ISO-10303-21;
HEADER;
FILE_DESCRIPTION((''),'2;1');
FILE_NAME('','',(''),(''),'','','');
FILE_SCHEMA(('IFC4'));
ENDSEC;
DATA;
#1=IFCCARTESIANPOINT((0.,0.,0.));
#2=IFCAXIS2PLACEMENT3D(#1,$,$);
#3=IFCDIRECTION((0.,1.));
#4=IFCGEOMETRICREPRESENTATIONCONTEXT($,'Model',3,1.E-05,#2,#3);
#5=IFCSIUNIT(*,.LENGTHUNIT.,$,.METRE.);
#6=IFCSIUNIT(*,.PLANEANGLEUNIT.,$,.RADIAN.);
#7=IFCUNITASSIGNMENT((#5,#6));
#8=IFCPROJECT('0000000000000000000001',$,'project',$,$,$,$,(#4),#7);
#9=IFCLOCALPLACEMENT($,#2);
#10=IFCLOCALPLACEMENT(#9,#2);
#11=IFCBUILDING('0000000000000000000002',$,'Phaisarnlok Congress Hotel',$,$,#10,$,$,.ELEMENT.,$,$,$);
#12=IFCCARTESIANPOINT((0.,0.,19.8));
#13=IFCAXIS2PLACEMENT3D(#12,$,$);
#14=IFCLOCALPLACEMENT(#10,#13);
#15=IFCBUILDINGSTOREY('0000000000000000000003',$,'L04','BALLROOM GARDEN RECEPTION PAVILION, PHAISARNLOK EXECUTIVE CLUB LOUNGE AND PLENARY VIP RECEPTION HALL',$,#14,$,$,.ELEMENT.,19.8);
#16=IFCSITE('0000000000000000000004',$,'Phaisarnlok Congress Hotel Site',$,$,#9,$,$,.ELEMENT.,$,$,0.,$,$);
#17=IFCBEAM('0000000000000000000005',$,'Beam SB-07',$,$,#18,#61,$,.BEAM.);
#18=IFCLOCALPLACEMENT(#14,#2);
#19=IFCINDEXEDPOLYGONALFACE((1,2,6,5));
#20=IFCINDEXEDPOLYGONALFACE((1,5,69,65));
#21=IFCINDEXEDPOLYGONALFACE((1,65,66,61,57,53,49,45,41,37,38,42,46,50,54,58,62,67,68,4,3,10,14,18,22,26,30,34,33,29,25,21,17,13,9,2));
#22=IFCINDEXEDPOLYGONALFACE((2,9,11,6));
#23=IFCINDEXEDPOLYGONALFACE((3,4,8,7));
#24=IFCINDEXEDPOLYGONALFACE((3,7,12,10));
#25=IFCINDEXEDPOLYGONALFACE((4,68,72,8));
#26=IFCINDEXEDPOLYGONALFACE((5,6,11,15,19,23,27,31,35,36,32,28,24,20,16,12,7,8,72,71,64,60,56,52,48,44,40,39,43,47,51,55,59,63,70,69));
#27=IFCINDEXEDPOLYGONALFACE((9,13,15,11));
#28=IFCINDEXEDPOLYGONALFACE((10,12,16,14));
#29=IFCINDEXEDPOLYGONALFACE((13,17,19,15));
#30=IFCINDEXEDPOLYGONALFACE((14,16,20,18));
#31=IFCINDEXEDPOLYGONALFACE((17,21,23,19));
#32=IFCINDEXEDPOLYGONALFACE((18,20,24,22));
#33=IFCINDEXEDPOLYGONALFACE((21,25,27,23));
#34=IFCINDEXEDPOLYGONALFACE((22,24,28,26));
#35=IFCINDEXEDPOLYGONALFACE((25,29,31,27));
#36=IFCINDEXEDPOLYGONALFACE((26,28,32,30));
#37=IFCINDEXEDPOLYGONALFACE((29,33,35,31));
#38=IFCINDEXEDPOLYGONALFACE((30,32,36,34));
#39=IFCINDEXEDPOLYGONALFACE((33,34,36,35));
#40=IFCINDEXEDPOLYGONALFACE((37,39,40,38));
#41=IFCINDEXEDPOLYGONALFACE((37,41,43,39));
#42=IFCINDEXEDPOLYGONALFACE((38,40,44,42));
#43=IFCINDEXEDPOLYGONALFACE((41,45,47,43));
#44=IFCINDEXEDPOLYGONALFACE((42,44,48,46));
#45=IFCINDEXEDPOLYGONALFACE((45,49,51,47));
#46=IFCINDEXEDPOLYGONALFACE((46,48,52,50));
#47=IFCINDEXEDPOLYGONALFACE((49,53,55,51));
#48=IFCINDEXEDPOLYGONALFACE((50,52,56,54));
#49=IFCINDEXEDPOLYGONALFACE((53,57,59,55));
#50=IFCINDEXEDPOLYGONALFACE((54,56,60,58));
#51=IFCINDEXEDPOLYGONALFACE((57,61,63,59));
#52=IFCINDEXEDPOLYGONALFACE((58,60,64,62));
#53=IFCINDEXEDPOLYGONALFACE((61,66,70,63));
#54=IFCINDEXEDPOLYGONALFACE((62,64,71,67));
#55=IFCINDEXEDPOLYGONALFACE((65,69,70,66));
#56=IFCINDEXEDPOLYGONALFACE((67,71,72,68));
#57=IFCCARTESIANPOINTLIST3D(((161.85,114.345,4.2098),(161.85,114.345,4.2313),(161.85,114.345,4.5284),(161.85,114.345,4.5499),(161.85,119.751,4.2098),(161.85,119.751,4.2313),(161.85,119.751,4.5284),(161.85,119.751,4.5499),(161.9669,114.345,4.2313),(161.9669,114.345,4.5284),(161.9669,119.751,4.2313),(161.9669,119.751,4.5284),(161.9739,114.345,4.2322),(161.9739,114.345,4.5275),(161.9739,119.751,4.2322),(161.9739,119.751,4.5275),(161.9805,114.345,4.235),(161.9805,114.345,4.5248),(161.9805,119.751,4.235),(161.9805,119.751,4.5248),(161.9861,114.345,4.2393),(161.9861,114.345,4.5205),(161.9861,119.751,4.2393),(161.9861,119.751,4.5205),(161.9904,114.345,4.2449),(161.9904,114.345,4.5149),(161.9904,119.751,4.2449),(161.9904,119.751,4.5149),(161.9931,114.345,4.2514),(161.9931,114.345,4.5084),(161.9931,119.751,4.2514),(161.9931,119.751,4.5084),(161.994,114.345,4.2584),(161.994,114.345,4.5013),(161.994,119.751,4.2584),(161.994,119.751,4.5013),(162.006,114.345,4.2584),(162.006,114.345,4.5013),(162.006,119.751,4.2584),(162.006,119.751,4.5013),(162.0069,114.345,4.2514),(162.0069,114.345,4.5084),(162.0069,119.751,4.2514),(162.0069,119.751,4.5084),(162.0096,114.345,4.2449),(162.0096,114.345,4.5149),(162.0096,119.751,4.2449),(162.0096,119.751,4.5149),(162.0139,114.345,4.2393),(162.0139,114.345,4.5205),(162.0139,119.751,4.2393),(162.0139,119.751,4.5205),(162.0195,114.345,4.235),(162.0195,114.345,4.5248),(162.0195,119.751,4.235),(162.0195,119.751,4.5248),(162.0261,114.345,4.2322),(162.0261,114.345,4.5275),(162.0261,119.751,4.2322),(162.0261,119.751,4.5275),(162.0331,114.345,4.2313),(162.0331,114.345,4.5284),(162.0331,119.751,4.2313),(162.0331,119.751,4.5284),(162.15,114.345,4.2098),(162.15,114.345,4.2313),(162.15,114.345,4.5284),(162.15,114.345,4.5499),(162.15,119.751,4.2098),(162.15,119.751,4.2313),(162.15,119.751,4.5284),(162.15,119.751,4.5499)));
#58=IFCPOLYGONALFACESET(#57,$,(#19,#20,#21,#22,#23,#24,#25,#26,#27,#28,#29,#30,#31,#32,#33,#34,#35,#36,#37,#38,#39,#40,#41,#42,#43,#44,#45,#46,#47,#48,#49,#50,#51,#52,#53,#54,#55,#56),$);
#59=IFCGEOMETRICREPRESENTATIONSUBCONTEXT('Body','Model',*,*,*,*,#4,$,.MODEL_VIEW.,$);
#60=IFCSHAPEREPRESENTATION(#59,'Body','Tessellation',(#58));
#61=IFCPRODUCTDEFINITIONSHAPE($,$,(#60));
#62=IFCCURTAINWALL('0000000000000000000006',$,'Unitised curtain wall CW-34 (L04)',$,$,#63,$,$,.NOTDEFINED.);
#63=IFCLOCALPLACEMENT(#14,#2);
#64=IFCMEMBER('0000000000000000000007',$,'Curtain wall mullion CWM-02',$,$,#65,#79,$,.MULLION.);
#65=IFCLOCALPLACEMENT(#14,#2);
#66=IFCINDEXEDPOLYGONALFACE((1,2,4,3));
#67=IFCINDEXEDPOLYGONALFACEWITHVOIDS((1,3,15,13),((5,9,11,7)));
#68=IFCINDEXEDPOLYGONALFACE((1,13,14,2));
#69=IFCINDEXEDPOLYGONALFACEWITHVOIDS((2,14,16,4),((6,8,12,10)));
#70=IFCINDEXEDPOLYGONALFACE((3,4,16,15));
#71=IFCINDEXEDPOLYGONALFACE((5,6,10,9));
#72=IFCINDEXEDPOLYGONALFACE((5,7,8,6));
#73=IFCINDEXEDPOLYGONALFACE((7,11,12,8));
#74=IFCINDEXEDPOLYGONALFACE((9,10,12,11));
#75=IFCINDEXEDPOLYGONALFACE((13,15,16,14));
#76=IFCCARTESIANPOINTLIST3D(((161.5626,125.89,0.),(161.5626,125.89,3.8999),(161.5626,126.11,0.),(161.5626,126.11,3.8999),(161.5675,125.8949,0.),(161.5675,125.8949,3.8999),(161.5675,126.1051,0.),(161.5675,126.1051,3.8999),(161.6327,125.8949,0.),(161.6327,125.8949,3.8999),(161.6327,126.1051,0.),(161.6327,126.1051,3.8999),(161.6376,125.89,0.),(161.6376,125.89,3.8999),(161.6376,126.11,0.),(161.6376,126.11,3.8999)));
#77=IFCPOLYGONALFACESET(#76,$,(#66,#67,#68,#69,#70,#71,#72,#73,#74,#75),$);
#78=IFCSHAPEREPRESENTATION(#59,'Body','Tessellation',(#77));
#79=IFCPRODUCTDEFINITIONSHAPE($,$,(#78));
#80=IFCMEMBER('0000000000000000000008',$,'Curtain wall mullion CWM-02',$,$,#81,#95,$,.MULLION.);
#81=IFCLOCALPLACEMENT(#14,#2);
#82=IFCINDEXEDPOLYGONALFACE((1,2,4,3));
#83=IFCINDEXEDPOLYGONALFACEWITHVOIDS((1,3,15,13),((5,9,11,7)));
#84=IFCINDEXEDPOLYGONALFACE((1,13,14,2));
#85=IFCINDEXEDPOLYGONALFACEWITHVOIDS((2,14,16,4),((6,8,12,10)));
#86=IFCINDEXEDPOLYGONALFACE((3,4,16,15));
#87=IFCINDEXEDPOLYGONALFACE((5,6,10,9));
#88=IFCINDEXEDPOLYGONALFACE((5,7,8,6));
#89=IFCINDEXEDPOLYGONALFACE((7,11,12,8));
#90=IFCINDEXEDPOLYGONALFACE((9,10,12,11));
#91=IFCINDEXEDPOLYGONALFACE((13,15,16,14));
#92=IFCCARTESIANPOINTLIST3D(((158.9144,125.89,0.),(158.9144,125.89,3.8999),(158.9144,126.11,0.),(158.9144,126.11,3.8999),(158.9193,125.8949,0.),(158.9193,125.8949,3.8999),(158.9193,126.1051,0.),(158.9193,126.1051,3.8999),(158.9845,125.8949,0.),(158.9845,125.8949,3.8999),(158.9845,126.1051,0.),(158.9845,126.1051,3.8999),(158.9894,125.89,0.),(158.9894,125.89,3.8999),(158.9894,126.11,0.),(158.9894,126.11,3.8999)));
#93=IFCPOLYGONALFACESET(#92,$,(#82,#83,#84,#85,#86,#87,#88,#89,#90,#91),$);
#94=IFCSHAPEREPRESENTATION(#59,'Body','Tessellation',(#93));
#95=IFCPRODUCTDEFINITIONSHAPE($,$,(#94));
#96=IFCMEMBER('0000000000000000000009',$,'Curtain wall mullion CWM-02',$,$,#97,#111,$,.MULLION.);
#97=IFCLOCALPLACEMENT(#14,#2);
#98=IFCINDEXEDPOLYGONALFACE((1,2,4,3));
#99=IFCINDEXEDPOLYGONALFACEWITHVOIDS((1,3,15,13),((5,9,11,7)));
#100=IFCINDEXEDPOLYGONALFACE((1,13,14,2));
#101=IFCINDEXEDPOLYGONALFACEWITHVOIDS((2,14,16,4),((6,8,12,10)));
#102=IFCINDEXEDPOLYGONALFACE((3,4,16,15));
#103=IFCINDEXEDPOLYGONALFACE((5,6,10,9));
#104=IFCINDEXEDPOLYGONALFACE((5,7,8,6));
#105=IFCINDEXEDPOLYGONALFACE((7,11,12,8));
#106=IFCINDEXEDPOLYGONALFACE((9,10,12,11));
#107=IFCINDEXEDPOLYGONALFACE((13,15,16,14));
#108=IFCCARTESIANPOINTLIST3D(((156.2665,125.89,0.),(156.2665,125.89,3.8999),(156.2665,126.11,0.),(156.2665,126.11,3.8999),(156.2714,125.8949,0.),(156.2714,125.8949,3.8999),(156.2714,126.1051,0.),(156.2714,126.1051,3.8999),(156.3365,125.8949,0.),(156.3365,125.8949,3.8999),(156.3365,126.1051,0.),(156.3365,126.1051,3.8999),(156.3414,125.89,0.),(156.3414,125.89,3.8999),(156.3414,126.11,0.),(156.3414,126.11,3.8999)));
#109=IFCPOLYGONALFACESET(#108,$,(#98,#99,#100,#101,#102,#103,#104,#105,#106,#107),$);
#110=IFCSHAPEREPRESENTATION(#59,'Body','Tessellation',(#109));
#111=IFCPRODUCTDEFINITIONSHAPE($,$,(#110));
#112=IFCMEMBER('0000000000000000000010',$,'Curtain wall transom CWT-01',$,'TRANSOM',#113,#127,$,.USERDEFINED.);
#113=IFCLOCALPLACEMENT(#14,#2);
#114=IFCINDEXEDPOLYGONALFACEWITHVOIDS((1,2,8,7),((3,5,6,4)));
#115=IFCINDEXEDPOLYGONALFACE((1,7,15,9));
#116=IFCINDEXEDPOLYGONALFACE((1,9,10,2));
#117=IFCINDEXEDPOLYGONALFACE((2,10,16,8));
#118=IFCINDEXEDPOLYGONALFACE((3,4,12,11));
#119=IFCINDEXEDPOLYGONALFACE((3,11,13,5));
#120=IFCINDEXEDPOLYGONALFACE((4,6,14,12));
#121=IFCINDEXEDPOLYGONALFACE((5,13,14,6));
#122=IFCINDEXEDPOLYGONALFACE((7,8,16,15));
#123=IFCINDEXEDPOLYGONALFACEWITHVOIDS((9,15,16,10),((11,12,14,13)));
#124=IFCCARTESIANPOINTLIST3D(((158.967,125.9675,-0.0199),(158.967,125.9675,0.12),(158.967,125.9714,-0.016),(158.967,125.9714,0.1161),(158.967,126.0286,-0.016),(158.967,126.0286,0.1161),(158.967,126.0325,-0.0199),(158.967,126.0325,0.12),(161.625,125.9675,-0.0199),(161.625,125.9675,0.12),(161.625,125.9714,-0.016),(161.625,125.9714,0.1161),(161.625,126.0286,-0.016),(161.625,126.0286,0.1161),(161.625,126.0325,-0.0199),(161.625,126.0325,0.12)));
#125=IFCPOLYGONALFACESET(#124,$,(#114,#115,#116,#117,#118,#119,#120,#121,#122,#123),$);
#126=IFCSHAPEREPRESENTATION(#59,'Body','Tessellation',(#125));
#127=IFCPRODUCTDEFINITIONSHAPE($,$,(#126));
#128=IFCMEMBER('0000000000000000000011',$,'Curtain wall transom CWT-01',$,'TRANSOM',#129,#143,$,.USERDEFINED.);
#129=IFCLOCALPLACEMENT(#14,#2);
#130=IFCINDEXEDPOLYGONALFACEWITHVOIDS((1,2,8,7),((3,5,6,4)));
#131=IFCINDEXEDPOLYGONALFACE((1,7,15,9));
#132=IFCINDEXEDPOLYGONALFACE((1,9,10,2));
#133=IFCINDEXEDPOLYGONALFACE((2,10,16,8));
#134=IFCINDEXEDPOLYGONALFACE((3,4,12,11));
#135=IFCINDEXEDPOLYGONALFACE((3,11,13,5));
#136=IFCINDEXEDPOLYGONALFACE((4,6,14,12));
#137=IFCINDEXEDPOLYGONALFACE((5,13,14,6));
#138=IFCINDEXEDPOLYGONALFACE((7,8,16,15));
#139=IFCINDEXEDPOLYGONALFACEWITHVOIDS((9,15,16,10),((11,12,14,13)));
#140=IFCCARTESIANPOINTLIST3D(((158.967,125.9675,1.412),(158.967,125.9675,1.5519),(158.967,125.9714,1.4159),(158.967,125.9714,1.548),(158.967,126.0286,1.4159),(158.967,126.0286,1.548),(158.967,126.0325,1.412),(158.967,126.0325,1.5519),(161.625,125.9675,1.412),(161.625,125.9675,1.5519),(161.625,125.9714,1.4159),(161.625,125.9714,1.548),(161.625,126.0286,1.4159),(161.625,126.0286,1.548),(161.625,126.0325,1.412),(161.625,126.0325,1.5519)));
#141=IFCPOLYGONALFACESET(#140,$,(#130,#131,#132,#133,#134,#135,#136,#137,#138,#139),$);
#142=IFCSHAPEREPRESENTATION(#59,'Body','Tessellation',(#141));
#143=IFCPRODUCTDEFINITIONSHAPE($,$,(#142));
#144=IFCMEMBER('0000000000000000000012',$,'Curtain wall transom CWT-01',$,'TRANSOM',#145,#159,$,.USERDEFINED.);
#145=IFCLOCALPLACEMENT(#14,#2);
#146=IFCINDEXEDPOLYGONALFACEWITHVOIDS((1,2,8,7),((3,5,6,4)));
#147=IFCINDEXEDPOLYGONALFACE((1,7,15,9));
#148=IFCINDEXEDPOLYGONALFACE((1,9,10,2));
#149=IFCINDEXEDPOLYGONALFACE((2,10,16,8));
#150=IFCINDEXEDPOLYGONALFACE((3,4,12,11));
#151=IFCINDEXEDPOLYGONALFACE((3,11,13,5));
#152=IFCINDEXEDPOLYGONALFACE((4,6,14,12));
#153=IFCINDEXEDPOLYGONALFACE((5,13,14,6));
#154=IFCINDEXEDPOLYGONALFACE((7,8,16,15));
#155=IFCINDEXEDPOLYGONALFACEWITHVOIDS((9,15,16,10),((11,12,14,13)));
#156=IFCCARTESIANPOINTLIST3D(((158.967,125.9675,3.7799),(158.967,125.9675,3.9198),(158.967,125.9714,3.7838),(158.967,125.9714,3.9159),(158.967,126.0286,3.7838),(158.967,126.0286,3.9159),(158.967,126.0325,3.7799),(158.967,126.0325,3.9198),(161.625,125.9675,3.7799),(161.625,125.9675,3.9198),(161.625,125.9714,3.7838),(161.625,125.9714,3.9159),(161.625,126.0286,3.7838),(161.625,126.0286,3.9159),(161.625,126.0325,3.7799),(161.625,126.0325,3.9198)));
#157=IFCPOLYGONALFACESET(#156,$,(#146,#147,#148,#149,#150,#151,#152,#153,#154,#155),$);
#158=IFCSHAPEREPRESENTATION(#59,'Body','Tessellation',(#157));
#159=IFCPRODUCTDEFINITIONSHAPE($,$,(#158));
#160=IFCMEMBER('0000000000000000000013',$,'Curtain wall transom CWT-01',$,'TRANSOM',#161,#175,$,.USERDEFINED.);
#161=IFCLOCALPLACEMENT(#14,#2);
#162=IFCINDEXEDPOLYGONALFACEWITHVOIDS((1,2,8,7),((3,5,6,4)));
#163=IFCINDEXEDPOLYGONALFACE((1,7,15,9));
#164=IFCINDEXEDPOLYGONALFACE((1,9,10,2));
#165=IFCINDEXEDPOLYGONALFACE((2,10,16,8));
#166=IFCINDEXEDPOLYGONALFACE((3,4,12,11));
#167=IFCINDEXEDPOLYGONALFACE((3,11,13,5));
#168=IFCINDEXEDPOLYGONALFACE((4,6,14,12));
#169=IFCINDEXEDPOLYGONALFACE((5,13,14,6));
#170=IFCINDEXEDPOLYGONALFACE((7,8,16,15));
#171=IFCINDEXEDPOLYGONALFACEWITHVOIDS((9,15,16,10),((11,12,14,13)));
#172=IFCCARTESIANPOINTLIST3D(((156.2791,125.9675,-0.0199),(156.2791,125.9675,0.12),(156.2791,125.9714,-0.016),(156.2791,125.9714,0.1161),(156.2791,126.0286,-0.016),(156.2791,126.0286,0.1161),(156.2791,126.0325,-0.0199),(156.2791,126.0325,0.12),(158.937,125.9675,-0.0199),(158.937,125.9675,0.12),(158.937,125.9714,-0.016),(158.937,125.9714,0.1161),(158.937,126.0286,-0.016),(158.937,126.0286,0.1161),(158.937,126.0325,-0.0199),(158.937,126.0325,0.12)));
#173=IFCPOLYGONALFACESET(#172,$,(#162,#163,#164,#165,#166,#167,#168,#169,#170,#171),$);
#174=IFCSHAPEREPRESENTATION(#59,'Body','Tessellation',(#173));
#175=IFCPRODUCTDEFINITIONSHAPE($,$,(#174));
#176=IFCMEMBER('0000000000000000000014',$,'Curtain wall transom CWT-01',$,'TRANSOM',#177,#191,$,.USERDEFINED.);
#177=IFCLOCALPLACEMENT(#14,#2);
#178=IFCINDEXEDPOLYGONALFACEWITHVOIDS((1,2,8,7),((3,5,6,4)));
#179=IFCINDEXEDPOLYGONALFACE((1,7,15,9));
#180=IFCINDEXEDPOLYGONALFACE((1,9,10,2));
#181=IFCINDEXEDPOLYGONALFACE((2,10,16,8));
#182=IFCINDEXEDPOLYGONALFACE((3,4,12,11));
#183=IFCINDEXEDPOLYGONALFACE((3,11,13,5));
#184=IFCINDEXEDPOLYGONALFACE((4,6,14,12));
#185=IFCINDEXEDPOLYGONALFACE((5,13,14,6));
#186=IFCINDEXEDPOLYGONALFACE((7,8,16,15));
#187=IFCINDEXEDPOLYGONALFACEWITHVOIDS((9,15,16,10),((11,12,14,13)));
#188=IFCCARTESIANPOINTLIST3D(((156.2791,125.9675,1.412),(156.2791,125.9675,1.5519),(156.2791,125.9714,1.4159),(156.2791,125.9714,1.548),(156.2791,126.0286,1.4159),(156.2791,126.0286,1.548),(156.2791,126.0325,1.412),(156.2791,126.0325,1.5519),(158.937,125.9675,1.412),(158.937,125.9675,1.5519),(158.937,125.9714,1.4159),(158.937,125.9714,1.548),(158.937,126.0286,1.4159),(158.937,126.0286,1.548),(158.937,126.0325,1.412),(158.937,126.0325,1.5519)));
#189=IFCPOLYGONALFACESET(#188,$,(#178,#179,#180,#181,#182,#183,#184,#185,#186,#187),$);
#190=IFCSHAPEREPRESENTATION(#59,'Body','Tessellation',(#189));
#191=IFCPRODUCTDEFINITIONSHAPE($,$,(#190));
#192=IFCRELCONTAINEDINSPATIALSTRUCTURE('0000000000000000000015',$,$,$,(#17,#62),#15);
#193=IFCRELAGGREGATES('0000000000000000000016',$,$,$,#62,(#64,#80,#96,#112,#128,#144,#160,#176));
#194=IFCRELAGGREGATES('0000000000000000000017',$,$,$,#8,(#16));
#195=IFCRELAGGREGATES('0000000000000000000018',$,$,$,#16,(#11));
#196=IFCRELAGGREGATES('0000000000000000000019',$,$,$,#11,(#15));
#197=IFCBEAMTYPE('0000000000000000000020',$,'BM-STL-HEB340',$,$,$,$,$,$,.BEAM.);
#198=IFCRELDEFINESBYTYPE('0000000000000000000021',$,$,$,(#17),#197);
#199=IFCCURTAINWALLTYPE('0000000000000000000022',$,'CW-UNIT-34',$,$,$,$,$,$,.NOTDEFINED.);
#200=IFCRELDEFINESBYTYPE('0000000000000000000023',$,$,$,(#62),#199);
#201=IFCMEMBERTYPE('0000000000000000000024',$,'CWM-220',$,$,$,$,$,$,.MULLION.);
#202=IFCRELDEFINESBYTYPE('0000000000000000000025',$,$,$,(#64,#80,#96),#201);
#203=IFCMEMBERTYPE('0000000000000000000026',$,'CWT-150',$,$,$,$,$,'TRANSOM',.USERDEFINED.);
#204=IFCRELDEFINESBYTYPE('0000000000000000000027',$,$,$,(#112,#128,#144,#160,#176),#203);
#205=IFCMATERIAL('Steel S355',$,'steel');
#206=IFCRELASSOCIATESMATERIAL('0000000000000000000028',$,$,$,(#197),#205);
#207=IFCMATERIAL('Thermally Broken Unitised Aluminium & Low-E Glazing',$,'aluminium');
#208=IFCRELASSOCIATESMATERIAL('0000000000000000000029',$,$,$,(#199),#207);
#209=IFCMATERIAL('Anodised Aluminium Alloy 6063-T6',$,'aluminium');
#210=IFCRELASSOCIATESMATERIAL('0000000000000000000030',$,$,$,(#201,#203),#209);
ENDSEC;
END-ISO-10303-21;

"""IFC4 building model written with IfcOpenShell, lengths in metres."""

from ifc_helpers import new_model, si_unit, direction, frame, origin, origin_2d, place, context, subcontext, project, spatial, hollow_rectangle, i_section, extrude, material, material_profile, profile_set, type_object, element, aggregate, save


model = new_model("IFC4")

# Units and contexts
model_context = context("Model", 3, precision=1e-05, world=origin(), true_north=direction((0.0, 1.0)))
body_context = subcontext(model_context, "Body", "Model", "MODEL_VIEW")
ifc_project = project(units=[si_unit("LENGTHUNIT", "METRE"), si_unit("PLANEANGLEUNIT", "RADIAN")], contexts=[model_context])

# Site, building, storey
site_placement = place(None, origin())
site = spatial("IfcSite", under=ifc_project, at=site_placement, Name="Phaisarnlok Congress Hotel Site", CompositionType="ELEMENT", RefElevation=0.0)
building_placement = place(site_placement, origin())
building = spatial("IfcBuilding", under=site, at=building_placement, Name="Phaisarnlok Congress Hotel", CompositionType="ELEMENT")
storey_placement = place(building_placement, frame((0.0, 0.0, 19.8)))
storey = spatial("IfcBuildingStorey", under=building, at=storey_placement, Name="L04", Description="BALLROOM GARDEN RECEPTION PAVILION, PHAISARNLOK EXECUTIVE CLUB LOUNGE AND PLENARY VIP RECEPTION HALL", CompositionType="ELEMENT", Elevation=19.8)

# Shared definitions
ifc_material_1 = material(Name="Steel S355", Category="steel")

# Beam
ifc_material_profile_1 = material_profile(ifc_material_1, i_section(OverallWidth=0.3, OverallDepth=0.3401, WebThickness=0.012, FlangeThickness=0.0215, FilletRadius=0.0271, at=origin_2d()), Name="HEB 340")
ifc_profile_set_1 = profile_set([ifc_material_profile_1], Name="Steel S355")
beam_type_1 = type_object("IfcBeamType", Name="BM-STL-HEB340", PredefinedType="BEAM", material=ifc_profile_set_1)
beam_1_placement = place(storey_placement, frame((162.0, 114.345, 4.3799), z_axis=(0.0, 1.0, 0.0), x_axis=(-1.0, 0.0, 0.0)))
element("IfcBeam", 1, at=beam_1_placement, inside=storey, type_object=beam_type_1, Name="Beam SB-07", PredefinedType="BEAM", context=body_context, shape_type="SweptSolid", body=[
    extrude(i_section(OverallWidth=0.3, OverallDepth=0.3401, WebThickness=0.012, FlangeThickness=0.0215, FilletRadius=0.0271, at=origin_2d()), origin(), (0.0, 0.0, 1.0), 5.406),
])

# Curtain wall, members
ifc_material_2 = material(Name="Thermally Broken Unitised Aluminium & Low-E Glazing", Category="aluminium")
curtain_wall_type = type_object("IfcCurtainWallType", Name="CW-UNIT-34", PredefinedType="NOTDEFINED", material=ifc_material_2)
curtain_wall_placement = place(storey_placement, origin())
curtain_wall = element("IfcCurtainWall", 2, at=curtain_wall_placement, inside=storey, type_object=curtain_wall_type, Name="Unitised curtain wall CW-34 (L04)", PredefinedType="NOTDEFINED")
ifc_material_3 = material(Name="Anodised Aluminium Alloy 6063-T6", Category="aluminium")
ifc_material_profile_2 = material_profile(ifc_material_3, hollow_rectangle(XDim=0.075, YDim=0.22, WallThickness=0.0049, at=origin_2d()), Name="ALU-M 75x220x5")
ifc_profile_set_2 = profile_set([ifc_material_profile_2], Name="Anodised Aluminium Alloy 6063-T6")
member_type_1 = type_object("IfcMemberType", Name="CWM-220", PredefinedType="MULLION", material=ifc_profile_set_2)
member_1_placement = place(storey_placement, frame((161.6001, 126.0, 0.0), z_axis=(0.0, 0.0, 1.0), x_axis=(-1.0, 0.0, 0.0)))
member_1 = element("IfcMember", 3, at=member_1_placement, type_object=member_type_1, Name="Curtain wall mullion CWM-02", PredefinedType="MULLION", context=body_context, shape_type="SweptSolid", body=[
    extrude(hollow_rectangle(XDim=0.075, YDim=0.22, WallThickness=0.0049, at=origin_2d()), origin(), (0.0, 0.0, 1.0), 3.8999),
])
member_2_placement = place(storey_placement, frame((158.9519, 126.0, 0.0), z_axis=(0.0, 0.0, 1.0), x_axis=(-1.0, 0.0, 0.0)))
member_2 = element("IfcMember", 4, at=member_2_placement, type_object=member_type_1, Name="Curtain wall mullion CWM-02", PredefinedType="MULLION", context=body_context, shape_type="SweptSolid", body=[
    extrude(hollow_rectangle(XDim=0.075, YDim=0.22, WallThickness=0.0049, at=origin_2d()), origin(), (0.0, 0.0, 1.0), 3.8999),
])
member_3_placement = place(storey_placement, frame((156.304, 126.0, 0.0), z_axis=(0.0, 0.0, 1.0), x_axis=(-1.0, 0.0, 0.0)))
member_3 = element("IfcMember", 5, at=member_3_placement, type_object=member_type_1, Name="Curtain wall mullion CWM-02", PredefinedType="MULLION", context=body_context, shape_type="SweptSolid", body=[
    extrude(hollow_rectangle(XDim=0.075, YDim=0.22, WallThickness=0.0049, at=origin_2d()), origin(), (0.0, 0.0, 1.0), 3.8999),
])
ifc_material_profile_3 = material_profile(ifc_material_3, hollow_rectangle(XDim=0.0649, YDim=0.1399, WallThickness=0.0039, at=origin_2d()), Name="ALU-T 65x140x4")
ifc_profile_set_3 = profile_set([ifc_material_profile_3], Name="Anodised Aluminium Alloy 6063-T6")
member_type_2 = type_object("IfcMemberType", Name="CWT-150", ElementType="TRANSOM", PredefinedType="USERDEFINED", material=ifc_profile_set_3)
member_4_placement = place(storey_placement, frame((161.625, 126.0, 0.05), z_axis=(-1.0, 0.0, 0.0), x_axis=(0.0, -1.0, 0.0)))
member_4 = element("IfcMember", 6, at=member_4_placement, type_object=member_type_2, Name="Curtain wall transom CWT-01", ObjectType="TRANSOM", PredefinedType="USERDEFINED", context=body_context, shape_type="SweptSolid", body=[
    extrude(hollow_rectangle(XDim=0.0649, YDim=0.1399, WallThickness=0.0039, at=origin_2d()), origin(), (0.0, 0.0, 1.0), 2.658),
])
member_5_placement = place(storey_placement, frame((161.625, 126.0, 1.4819), z_axis=(-1.0, 0.0, 0.0), x_axis=(0.0, -1.0, 0.0)))
member_5 = element("IfcMember", 7, at=member_5_placement, type_object=member_type_2, Name="Curtain wall transom CWT-01", ObjectType="TRANSOM", PredefinedType="USERDEFINED", context=body_context, shape_type="SweptSolid", body=[
    extrude(hollow_rectangle(XDim=0.0649, YDim=0.1399, WallThickness=0.0039, at=origin_2d()), origin(), (0.0, 0.0, 1.0), 2.658),
])
member_6_placement = place(storey_placement, frame((161.625, 126.0, 3.8499), z_axis=(-1.0, 0.0, 0.0), x_axis=(0.0, -1.0, 0.0)))
member_6 = element("IfcMember", 8, at=member_6_placement, type_object=member_type_2, Name="Curtain wall transom CWT-01", ObjectType="TRANSOM", PredefinedType="USERDEFINED", context=body_context, shape_type="SweptSolid", body=[
    extrude(hollow_rectangle(XDim=0.0649, YDim=0.1399, WallThickness=0.0039, at=origin_2d()), origin(), (0.0, 0.0, 1.0), 2.658),
])
member_7_placement = place(storey_placement, frame((158.937, 126.0, 0.05), z_axis=(-1.0, 0.0, 0.0), x_axis=(0.0, -1.0, 0.0)))
member_7 = element("IfcMember", 9, at=member_7_placement, type_object=member_type_2, Name="Curtain wall transom CWT-01", ObjectType="TRANSOM", PredefinedType="USERDEFINED", context=body_context, shape_type="SweptSolid", body=[
    extrude(hollow_rectangle(XDim=0.0649, YDim=0.1399, WallThickness=0.0039, at=origin_2d()), origin(), (0.0, 0.0, 1.0), 2.658),
])
member_8_placement = place(storey_placement, frame((158.937, 126.0, 1.4819), z_axis=(-1.0, 0.0, 0.0), x_axis=(0.0, -1.0, 0.0)))
member_8 = element("IfcMember", 10, at=member_8_placement, type_object=member_type_2, Name="Curtain wall transom CWT-01", ObjectType="TRANSOM", PredefinedType="USERDEFINED", context=body_context, shape_type="SweptSolid", body=[
    extrude(hollow_rectangle(XDim=0.0649, YDim=0.1399, WallThickness=0.0039, at=origin_2d()), origin(), (0.0, 0.0, 1.0), 2.658),
])

aggregate(curtain_wall, [member_1, member_2, member_3, member_4, member_5, member_6, member_7, member_8])

save(model, "model.ifc")
